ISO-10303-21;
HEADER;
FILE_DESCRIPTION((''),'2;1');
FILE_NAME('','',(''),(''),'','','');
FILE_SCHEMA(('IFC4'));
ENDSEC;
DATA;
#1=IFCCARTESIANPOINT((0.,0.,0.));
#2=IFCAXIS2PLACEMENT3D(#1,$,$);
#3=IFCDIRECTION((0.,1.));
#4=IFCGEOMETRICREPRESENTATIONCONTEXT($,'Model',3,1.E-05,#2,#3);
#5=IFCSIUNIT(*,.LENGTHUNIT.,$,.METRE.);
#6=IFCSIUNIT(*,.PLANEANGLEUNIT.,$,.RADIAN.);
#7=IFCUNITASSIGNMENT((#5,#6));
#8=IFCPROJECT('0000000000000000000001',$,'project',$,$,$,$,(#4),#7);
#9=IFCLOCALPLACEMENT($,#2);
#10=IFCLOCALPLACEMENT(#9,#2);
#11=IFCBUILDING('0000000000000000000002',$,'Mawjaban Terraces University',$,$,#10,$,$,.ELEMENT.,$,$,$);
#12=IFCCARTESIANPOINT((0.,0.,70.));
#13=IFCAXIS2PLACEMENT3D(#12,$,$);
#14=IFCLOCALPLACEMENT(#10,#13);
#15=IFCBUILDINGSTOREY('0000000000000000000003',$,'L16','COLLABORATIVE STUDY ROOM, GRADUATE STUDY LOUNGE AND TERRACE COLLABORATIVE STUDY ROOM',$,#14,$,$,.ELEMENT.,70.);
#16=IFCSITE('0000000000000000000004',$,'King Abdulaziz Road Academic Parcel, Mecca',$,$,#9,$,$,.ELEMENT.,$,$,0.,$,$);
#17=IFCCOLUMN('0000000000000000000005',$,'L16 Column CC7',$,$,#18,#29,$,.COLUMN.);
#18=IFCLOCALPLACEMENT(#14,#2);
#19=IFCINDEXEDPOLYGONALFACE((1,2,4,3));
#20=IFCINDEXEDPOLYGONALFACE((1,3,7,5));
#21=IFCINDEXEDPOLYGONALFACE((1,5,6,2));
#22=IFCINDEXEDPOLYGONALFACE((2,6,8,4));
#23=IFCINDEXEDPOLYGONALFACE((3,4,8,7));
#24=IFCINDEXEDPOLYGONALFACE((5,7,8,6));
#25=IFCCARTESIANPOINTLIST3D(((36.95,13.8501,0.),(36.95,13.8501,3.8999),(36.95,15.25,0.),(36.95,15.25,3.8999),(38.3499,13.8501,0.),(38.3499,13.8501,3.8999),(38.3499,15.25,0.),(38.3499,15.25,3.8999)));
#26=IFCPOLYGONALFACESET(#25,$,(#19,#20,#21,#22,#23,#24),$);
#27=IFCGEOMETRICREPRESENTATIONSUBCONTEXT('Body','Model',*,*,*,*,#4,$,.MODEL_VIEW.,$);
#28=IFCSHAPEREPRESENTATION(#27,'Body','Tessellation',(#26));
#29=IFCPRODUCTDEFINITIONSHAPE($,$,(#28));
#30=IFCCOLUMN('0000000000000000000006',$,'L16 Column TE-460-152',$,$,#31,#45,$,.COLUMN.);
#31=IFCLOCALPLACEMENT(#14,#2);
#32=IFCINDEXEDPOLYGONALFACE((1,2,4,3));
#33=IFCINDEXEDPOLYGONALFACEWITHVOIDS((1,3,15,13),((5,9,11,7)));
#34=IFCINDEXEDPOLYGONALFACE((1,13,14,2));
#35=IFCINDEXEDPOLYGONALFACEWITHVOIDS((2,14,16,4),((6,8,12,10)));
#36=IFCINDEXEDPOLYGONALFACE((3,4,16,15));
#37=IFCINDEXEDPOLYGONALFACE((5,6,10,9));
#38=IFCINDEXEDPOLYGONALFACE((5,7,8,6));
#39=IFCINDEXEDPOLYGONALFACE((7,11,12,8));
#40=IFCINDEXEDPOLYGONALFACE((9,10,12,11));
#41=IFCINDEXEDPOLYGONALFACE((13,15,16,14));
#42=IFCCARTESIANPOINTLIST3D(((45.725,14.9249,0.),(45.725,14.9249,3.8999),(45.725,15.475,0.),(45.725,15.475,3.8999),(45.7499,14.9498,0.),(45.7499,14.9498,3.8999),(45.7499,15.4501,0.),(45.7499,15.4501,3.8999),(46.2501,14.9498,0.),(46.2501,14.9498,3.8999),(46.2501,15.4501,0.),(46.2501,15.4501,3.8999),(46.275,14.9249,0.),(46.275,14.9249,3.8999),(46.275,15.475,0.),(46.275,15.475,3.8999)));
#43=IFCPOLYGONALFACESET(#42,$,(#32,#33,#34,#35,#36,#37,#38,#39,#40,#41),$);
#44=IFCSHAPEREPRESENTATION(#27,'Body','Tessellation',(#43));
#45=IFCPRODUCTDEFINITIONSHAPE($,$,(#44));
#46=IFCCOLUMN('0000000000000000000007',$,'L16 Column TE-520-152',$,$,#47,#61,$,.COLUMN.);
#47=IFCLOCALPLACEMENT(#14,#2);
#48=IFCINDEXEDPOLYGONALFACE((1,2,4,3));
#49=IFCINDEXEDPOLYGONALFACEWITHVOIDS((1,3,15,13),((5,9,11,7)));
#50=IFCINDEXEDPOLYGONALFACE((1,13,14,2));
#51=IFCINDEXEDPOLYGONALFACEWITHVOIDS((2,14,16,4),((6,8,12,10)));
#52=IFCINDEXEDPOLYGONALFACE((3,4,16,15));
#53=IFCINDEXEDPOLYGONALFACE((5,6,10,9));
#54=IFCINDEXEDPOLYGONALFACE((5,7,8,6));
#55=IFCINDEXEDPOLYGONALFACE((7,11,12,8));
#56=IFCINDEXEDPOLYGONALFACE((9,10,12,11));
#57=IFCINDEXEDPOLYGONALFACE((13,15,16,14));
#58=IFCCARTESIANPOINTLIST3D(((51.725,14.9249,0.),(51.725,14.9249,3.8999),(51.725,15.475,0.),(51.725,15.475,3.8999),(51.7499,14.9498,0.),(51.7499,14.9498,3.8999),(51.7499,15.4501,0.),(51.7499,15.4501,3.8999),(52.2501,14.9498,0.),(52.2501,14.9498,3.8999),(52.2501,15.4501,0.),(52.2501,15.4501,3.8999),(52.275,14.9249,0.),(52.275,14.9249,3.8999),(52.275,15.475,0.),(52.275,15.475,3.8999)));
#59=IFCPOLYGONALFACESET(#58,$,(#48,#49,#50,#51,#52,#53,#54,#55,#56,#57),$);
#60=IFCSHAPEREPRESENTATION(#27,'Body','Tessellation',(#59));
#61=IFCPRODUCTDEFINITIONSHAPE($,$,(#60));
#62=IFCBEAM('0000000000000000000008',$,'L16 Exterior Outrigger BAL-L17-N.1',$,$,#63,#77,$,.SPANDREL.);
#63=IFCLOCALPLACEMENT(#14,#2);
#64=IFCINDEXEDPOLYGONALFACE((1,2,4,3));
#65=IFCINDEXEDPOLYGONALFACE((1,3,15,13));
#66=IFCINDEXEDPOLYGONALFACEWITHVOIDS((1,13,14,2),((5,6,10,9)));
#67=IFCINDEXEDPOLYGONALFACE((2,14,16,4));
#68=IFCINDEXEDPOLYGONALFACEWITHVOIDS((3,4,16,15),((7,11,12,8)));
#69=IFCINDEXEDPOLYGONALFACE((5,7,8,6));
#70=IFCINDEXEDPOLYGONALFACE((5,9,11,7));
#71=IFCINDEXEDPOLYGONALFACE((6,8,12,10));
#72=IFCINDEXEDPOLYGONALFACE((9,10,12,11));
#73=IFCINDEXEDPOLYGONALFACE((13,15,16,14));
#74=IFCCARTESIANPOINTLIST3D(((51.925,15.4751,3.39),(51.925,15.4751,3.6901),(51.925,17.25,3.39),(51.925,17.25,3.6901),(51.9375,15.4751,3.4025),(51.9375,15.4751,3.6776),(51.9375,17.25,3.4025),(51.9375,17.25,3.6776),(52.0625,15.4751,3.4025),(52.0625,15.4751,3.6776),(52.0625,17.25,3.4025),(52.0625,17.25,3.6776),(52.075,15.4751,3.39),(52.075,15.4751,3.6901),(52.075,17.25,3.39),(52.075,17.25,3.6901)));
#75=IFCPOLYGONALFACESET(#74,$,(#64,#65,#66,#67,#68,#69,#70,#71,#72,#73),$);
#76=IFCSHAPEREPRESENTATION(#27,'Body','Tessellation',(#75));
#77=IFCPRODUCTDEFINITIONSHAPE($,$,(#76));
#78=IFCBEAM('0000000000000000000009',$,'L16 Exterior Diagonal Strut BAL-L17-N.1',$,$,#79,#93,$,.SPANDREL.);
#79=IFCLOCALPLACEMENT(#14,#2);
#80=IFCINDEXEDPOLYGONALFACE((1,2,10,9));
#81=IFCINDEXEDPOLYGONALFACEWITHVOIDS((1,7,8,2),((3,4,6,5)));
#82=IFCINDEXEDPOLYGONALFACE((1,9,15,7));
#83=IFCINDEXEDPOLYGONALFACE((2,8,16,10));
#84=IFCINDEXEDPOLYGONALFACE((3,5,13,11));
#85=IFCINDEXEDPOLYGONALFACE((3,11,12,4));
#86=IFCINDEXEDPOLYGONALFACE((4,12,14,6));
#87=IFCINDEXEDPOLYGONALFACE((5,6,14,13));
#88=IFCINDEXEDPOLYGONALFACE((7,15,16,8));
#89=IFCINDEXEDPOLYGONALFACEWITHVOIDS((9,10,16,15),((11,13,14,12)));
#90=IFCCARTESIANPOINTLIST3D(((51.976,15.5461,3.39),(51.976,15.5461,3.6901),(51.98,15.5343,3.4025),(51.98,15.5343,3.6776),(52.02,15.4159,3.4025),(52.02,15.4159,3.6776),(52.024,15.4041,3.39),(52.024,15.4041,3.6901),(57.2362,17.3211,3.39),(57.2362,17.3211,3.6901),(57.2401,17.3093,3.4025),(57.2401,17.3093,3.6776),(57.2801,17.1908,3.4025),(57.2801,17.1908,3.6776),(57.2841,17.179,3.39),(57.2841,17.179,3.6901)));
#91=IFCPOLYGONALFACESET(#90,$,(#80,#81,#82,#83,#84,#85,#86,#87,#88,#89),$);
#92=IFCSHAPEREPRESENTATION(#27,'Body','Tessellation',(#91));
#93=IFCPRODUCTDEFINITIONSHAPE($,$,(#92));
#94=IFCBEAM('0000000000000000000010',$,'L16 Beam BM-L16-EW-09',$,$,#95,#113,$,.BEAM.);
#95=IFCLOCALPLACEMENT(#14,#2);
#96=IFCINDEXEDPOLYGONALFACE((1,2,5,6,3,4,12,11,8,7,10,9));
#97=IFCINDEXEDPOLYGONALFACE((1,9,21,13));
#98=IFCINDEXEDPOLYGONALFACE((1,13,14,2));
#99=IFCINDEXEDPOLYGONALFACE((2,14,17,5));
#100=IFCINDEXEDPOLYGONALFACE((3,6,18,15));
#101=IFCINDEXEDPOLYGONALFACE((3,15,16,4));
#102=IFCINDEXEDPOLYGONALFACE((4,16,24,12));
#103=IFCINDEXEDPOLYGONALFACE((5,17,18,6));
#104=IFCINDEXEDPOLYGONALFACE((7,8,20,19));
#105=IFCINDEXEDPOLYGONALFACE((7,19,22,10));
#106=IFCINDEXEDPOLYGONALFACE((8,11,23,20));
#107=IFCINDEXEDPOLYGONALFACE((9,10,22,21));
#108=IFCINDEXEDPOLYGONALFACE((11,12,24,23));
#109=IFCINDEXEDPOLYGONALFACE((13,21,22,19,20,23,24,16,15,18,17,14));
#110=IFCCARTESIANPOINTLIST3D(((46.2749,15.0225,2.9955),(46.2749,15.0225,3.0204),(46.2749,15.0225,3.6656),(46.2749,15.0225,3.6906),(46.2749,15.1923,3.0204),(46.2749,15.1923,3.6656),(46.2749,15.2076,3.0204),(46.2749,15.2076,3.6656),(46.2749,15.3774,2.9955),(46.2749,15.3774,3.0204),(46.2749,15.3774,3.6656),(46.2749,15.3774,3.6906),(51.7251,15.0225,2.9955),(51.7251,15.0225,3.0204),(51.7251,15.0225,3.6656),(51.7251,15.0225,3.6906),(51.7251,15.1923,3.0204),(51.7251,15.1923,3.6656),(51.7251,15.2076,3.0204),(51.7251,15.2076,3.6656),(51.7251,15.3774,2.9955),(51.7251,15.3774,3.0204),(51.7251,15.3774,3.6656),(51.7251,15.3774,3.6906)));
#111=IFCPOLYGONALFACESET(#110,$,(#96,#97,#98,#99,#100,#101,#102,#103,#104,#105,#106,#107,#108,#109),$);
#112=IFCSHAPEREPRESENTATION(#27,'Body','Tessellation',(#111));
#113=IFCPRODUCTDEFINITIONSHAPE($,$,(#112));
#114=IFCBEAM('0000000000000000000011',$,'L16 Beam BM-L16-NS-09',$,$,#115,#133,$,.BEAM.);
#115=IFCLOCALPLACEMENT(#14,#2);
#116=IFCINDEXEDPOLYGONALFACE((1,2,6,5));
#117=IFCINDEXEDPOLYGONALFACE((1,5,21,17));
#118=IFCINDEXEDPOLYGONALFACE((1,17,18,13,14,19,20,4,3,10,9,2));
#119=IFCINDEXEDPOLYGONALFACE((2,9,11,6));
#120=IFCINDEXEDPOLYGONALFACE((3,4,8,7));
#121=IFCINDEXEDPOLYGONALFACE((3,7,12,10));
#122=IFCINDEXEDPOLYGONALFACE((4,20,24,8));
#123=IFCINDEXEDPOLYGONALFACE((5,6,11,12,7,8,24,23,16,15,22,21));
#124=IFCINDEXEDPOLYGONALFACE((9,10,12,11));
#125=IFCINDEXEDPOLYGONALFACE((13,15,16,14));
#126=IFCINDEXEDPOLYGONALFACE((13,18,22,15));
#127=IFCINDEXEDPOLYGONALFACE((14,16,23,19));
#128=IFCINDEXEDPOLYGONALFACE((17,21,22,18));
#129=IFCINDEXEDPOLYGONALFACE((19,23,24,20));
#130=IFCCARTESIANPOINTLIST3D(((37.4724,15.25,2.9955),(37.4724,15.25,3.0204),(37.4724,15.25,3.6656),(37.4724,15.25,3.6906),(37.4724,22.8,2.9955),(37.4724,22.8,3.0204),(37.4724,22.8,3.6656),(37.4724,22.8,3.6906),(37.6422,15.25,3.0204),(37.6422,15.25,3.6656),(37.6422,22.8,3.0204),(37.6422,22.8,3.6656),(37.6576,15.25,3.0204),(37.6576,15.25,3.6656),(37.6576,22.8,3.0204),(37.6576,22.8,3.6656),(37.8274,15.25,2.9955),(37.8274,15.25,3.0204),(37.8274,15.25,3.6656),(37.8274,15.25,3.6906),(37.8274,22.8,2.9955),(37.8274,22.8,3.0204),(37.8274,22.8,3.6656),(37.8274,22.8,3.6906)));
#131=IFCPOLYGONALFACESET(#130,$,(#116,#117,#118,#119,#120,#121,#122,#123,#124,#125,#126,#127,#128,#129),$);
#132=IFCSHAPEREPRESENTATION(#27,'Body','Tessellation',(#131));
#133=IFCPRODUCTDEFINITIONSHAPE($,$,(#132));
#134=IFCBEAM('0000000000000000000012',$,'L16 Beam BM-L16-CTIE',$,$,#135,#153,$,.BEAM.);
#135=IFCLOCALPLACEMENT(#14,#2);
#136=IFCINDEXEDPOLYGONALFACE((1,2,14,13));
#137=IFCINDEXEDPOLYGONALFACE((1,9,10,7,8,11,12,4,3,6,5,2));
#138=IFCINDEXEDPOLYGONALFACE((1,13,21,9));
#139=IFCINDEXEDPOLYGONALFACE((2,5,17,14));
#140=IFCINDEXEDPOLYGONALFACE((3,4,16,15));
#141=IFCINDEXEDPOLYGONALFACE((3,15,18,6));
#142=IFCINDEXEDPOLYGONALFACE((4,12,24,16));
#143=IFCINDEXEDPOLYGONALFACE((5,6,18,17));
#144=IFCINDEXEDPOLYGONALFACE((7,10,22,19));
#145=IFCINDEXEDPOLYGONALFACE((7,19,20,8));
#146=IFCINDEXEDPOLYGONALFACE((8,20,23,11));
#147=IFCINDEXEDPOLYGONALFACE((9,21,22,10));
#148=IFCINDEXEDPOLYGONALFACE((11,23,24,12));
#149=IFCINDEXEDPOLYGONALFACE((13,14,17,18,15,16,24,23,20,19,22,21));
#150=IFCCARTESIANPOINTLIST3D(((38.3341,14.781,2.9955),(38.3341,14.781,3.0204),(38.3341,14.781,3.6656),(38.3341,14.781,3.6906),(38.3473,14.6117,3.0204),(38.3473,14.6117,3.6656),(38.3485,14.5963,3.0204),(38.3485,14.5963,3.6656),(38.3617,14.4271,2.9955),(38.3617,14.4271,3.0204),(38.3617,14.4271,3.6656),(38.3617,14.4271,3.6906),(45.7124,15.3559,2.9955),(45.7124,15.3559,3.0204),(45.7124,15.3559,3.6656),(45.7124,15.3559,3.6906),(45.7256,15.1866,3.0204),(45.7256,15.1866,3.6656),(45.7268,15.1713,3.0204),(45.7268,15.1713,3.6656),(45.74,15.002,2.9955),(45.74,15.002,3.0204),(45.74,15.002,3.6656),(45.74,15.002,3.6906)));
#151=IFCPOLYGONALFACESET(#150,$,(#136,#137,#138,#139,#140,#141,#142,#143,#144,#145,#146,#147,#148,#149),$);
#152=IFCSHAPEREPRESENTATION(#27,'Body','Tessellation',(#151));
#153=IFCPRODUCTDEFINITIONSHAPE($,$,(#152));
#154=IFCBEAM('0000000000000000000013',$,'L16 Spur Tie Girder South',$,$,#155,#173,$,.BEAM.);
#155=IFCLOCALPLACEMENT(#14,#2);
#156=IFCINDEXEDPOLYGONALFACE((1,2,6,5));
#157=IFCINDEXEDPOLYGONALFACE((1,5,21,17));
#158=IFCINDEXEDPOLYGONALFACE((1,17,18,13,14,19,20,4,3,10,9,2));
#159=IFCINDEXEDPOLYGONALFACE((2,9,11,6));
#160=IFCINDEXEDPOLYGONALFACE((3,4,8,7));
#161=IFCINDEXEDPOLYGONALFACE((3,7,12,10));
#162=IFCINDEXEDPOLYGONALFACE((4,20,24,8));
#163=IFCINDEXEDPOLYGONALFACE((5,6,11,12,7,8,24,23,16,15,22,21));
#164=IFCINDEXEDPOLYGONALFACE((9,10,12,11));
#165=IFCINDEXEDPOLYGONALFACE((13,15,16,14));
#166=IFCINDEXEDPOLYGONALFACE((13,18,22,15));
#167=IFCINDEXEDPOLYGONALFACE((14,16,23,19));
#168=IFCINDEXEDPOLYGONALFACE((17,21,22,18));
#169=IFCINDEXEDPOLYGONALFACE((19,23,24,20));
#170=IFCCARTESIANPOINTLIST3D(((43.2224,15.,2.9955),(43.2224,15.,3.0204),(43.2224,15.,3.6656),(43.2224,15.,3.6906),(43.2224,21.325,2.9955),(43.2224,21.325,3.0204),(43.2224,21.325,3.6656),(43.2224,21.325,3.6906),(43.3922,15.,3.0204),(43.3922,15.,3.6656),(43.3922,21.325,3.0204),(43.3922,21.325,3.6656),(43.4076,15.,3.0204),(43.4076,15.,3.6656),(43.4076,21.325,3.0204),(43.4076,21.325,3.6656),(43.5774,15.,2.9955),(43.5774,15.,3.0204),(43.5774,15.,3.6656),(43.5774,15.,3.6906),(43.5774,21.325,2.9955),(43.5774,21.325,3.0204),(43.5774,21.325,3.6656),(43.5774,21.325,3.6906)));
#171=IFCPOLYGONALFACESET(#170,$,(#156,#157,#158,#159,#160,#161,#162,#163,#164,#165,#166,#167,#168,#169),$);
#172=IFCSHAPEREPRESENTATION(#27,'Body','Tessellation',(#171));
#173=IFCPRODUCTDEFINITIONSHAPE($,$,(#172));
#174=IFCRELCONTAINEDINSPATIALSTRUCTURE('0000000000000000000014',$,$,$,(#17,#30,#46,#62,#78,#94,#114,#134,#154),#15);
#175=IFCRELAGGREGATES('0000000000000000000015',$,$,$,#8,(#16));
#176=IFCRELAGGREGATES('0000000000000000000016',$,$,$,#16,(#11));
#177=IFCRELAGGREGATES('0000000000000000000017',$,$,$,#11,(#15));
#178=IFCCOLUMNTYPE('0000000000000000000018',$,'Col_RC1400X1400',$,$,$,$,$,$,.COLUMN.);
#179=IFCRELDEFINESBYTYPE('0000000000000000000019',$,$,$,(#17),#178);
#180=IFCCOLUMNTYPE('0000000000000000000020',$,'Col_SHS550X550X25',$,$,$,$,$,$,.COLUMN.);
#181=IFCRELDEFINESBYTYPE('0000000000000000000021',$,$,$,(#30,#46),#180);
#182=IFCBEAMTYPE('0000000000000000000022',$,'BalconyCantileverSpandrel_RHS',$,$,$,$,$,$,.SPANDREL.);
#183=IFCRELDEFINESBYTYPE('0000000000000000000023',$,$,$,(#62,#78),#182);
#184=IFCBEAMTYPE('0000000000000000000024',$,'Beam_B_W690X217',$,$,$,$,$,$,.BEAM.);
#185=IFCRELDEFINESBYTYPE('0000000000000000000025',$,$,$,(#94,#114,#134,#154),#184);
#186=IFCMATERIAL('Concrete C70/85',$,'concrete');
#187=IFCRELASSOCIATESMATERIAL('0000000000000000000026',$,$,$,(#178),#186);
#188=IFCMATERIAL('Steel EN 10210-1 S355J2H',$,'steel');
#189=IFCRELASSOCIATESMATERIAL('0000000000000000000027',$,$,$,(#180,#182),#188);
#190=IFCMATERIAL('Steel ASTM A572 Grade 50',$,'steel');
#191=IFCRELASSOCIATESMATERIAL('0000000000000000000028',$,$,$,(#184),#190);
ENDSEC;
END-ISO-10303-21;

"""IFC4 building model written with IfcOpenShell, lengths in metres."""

from ifc_helpers import new_model, si_unit, direction, frame, origin, origin_2d, place, context, subcontext, project, spatial, rectangle, hollow_rectangle, i_section, extrude, material, material_profile, profile_set, type_object, element, save


model = new_model("IFC4")

# Units and contexts
model_context = context("Model", 3, precision=1e-05, world=origin(), true_north=direction((0.0, 1.0)))
body_context = subcontext(model_context, "Body", "Model", "MODEL_VIEW")
ifc_project = project(units=[si_unit("LENGTHUNIT", "METRE"), si_unit("PLANEANGLEUNIT", "RADIAN")], contexts=[model_context])

# Site, building, storey
site_placement = place(None, origin())
site = spatial("IfcSite", under=ifc_project, at=site_placement, Name="King Abdulaziz Road Academic Parcel, Mecca", CompositionType="ELEMENT", RefElevation=0.0)
building_placement = place(site_placement, origin())
building = spatial("IfcBuilding", under=site, at=building_placement, Name="Mawjaban Terraces University", CompositionType="ELEMENT")
storey_placement = place(building_placement, frame((0.0, 0.0, 70.0)))
storey = spatial("IfcBuildingStorey", under=building, at=storey_placement, Name="L16", Description="COLLABORATIVE STUDY ROOM, GRADUATE STUDY LOUNGE AND TERRACE COLLABORATIVE STUDY ROOM", CompositionType="ELEMENT", Elevation=70.0)

# Columns
ifc_material_1 = material(Name="Concrete C70/85", Category="concrete")
ifc_material_profile_1 = material_profile(ifc_material_1, rectangle(XDim=1.3999, YDim=1.3999, at=origin_2d()), Name="RC1400X1400")
ifc_profile_set_1 = profile_set([ifc_material_profile_1], Name="Concrete C70/85")
column_type_1 = type_object("IfcColumnType", Name="Col_RC1400X1400", PredefinedType="COLUMN", material=ifc_profile_set_1)
column_placement = place(storey_placement, frame((37.6499, 14.55, 0.0), z_axis=(0.0, 0.0, 1.0), x_axis=(1.0, 0.0, 0.0)))
element("IfcColumn", 1, at=column_placement, inside=storey, type_object=column_type_1, Name="L16 Column CC7", PredefinedType="COLUMN", context=body_context, shape_type="SweptSolid", body=[
    extrude(rectangle(XDim=1.3999, YDim=1.3999, at=origin_2d()), origin(), (0.0, 0.0, 1.0), 3.8999),
])
ifc_material_2 = material(Name="Steel EN 10210-1 S355J2H", Category="steel")
ifc_material_profile_2 = material_profile(ifc_material_2, hollow_rectangle(XDim=0.55, YDim=0.55, WallThickness=0.0249, at=origin_2d()), Name="SHS550X550X25")
ifc_profile_set_2 = profile_set([ifc_material_profile_2], Name="Steel EN 10210-1 S355J2H")
column_type_2 = type_object("IfcColumnType", Name="Col_SHS550X550X25", PredefinedType="COLUMN", material=ifc_profile_set_2)
for number, where, z_axis, x_axis, name in (
    (2, (46.0, 15.2, 0.0), (0.0, 0.0, 1.0), (1.0, 0.0, 0.0), "L16 Column TE-460-152"),
    (3, (52.0, 15.2, 0.0), (0.0, 0.0, 1.0), (1.0, 0.0, 0.0), "L16 Column TE-520-152"),
):
    element("IfcColumn", number, at=place(storey_placement, frame(where, z_axis=z_axis, x_axis=x_axis)), inside=storey, type_object=column_type_2, Name=name, PredefinedType="COLUMN", context=body_context, shape_type="SweptSolid", body=[
        extrude(hollow_rectangle(XDim=0.55, YDim=0.55, WallThickness=0.0249, at=origin_2d()), origin(), (0.0, 0.0, 1.0), 3.8999),
    ])

# Beams
ifc_material_profile_3 = material_profile(ifc_material_2, hollow_rectangle(XDim=0.1499, YDim=0.3, WallThickness=0.0125, at=origin_2d()), Name="RHS300X150X12.5")
ifc_profile_set_3 = profile_set([ifc_material_profile_3], Name="Steel EN 10210-1 S355J2H")
beam_type_1 = type_object("IfcBeamType", Name="BalconyCantileverSpandrel_RHS", PredefinedType="SPANDREL", material=ifc_profile_set_3)
beam_1_placement = place(storey_placement, frame((52.0, 15.4751, 3.54), z_axis=(0.0, 1.0, 0.0), x_axis=(-1.0, 0.0, 0.0)))
element("IfcBeam", 4, at=beam_1_placement, inside=storey, type_object=beam_type_1, Name="L16 Exterior Outrigger BAL-L17-N.1", PredefinedType="SPANDREL", context=body_context, shape_type="SweptSolid", body=[
    extrude(hollow_rectangle(XDim=0.1499, YDim=0.3, WallThickness=0.0125, at=origin_2d()), origin(), (0.0, 0.0, 1.0), 1.7749),
])
beam_2_placement = place(storey_placement, frame((52.0, 15.4751, 3.54), z_axis=(0.947511, 0.319722, 0.0), x_axis=(-0.319722, 0.947511, 0.0)))
element("IfcBeam", 5, at=beam_2_placement, inside=storey, type_object=beam_type_1, Name="L16 Exterior Diagonal Strut BAL-L17-N.1", PredefinedType="SPANDREL", context=body_context, shape_type="SweptSolid", body=[
    extrude(hollow_rectangle(XDim=0.1499, YDim=0.3, WallThickness=0.0125, at=origin_2d()), origin(), (0.0, 0.0, 1.0), 5.5515),
])
ifc_material_3 = material(Name="Steel ASTM A572 Grade 50", Category="steel")
ifc_material_profile_4 = material_profile(ifc_material_3, i_section(OverallWidth=0.355, OverallDepth=0.6951, WebThickness=0.0154, FlangeThickness=0.0249, at=origin_2d()), Name="W690X217")
ifc_profile_set_4 = profile_set([ifc_material_profile_4], Name="Steel ASTM A572 Grade 50")
beam_type_2 = type_object("IfcBeamType", Name="Beam_B_W690X217", PredefinedType="BEAM", material=ifc_profile_set_4)
beam_3_placement = place(storey_placement, frame((46.2749, 15.2, 3.343), z_axis=(1.0, 0.0, 0.0), x_axis=(0.0, 1.0, 0.0)))
element("IfcBeam", 6, at=beam_3_placement, inside=storey, type_object=beam_type_2, Name="L16 Beam BM-L16-EW-09", PredefinedType="BEAM", context=body_context, shape_type="SweptSolid", body=[
    extrude(i_section(OverallWidth=0.355, OverallDepth=0.6951, WebThickness=0.0154, FlangeThickness=0.0249, at=origin_2d()), origin(), (0.0, 0.0, 1.0), 5.4502),
])
beam_4_placement = place(storey_placement, frame((37.6499, 15.25, 3.343), z_axis=(0.0, 1.0, 0.0), x_axis=(-1.0, 0.0, 0.0)))
element("IfcBeam", 7, at=beam_4_placement, inside=storey, type_object=beam_type_2, Name="L16 Beam BM-L16-NS-09", PredefinedType="BEAM", context=body_context, shape_type="SweptSolid", body=[
    extrude(i_section(OverallWidth=0.355, OverallDepth=0.6951, WebThickness=0.0154, FlangeThickness=0.0249, at=origin_2d()), origin(), (0.0, 0.0, 1.0), 7.55),
])
beam_5_placement = place(storey_placement, frame((38.3479, 14.604, 3.343), z_axis=(0.996978, 0.07769, 0.0), x_axis=(-0.07769, 0.996978, 0.0)))
element("IfcBeam", 8, at=beam_5_placement, inside=storey, type_object=beam_type_2, Name="L16 Beam BM-L16-CTIE", PredefinedType="BEAM", context=body_context, shape_type="SweptSolid", body=[
    extrude(i_section(OverallWidth=0.355, OverallDepth=0.6951, WebThickness=0.0154, FlangeThickness=0.0249, at=origin_2d()), origin(), (0.0, 0.0, 1.0), 7.4006),
])
beam_6_placement = place(storey_placement, frame((43.3999, 15.0, 3.343), z_axis=(0.0, 1.0, 0.0), x_axis=(-1.0, 0.0, 0.0)))
element("IfcBeam", 9, at=beam_6_placement, inside=storey, type_object=beam_type_2, Name="L16 Spur Tie Girder South", PredefinedType="BEAM", context=body_context, shape_type="SweptSolid", body=[
    extrude(i_section(OverallWidth=0.355, OverallDepth=0.6951, WebThickness=0.0154, FlangeThickness=0.0249, at=origin_2d()), origin(), (0.0, 0.0, 1.0), 6.325),
])

save(model, "model.ifc")
